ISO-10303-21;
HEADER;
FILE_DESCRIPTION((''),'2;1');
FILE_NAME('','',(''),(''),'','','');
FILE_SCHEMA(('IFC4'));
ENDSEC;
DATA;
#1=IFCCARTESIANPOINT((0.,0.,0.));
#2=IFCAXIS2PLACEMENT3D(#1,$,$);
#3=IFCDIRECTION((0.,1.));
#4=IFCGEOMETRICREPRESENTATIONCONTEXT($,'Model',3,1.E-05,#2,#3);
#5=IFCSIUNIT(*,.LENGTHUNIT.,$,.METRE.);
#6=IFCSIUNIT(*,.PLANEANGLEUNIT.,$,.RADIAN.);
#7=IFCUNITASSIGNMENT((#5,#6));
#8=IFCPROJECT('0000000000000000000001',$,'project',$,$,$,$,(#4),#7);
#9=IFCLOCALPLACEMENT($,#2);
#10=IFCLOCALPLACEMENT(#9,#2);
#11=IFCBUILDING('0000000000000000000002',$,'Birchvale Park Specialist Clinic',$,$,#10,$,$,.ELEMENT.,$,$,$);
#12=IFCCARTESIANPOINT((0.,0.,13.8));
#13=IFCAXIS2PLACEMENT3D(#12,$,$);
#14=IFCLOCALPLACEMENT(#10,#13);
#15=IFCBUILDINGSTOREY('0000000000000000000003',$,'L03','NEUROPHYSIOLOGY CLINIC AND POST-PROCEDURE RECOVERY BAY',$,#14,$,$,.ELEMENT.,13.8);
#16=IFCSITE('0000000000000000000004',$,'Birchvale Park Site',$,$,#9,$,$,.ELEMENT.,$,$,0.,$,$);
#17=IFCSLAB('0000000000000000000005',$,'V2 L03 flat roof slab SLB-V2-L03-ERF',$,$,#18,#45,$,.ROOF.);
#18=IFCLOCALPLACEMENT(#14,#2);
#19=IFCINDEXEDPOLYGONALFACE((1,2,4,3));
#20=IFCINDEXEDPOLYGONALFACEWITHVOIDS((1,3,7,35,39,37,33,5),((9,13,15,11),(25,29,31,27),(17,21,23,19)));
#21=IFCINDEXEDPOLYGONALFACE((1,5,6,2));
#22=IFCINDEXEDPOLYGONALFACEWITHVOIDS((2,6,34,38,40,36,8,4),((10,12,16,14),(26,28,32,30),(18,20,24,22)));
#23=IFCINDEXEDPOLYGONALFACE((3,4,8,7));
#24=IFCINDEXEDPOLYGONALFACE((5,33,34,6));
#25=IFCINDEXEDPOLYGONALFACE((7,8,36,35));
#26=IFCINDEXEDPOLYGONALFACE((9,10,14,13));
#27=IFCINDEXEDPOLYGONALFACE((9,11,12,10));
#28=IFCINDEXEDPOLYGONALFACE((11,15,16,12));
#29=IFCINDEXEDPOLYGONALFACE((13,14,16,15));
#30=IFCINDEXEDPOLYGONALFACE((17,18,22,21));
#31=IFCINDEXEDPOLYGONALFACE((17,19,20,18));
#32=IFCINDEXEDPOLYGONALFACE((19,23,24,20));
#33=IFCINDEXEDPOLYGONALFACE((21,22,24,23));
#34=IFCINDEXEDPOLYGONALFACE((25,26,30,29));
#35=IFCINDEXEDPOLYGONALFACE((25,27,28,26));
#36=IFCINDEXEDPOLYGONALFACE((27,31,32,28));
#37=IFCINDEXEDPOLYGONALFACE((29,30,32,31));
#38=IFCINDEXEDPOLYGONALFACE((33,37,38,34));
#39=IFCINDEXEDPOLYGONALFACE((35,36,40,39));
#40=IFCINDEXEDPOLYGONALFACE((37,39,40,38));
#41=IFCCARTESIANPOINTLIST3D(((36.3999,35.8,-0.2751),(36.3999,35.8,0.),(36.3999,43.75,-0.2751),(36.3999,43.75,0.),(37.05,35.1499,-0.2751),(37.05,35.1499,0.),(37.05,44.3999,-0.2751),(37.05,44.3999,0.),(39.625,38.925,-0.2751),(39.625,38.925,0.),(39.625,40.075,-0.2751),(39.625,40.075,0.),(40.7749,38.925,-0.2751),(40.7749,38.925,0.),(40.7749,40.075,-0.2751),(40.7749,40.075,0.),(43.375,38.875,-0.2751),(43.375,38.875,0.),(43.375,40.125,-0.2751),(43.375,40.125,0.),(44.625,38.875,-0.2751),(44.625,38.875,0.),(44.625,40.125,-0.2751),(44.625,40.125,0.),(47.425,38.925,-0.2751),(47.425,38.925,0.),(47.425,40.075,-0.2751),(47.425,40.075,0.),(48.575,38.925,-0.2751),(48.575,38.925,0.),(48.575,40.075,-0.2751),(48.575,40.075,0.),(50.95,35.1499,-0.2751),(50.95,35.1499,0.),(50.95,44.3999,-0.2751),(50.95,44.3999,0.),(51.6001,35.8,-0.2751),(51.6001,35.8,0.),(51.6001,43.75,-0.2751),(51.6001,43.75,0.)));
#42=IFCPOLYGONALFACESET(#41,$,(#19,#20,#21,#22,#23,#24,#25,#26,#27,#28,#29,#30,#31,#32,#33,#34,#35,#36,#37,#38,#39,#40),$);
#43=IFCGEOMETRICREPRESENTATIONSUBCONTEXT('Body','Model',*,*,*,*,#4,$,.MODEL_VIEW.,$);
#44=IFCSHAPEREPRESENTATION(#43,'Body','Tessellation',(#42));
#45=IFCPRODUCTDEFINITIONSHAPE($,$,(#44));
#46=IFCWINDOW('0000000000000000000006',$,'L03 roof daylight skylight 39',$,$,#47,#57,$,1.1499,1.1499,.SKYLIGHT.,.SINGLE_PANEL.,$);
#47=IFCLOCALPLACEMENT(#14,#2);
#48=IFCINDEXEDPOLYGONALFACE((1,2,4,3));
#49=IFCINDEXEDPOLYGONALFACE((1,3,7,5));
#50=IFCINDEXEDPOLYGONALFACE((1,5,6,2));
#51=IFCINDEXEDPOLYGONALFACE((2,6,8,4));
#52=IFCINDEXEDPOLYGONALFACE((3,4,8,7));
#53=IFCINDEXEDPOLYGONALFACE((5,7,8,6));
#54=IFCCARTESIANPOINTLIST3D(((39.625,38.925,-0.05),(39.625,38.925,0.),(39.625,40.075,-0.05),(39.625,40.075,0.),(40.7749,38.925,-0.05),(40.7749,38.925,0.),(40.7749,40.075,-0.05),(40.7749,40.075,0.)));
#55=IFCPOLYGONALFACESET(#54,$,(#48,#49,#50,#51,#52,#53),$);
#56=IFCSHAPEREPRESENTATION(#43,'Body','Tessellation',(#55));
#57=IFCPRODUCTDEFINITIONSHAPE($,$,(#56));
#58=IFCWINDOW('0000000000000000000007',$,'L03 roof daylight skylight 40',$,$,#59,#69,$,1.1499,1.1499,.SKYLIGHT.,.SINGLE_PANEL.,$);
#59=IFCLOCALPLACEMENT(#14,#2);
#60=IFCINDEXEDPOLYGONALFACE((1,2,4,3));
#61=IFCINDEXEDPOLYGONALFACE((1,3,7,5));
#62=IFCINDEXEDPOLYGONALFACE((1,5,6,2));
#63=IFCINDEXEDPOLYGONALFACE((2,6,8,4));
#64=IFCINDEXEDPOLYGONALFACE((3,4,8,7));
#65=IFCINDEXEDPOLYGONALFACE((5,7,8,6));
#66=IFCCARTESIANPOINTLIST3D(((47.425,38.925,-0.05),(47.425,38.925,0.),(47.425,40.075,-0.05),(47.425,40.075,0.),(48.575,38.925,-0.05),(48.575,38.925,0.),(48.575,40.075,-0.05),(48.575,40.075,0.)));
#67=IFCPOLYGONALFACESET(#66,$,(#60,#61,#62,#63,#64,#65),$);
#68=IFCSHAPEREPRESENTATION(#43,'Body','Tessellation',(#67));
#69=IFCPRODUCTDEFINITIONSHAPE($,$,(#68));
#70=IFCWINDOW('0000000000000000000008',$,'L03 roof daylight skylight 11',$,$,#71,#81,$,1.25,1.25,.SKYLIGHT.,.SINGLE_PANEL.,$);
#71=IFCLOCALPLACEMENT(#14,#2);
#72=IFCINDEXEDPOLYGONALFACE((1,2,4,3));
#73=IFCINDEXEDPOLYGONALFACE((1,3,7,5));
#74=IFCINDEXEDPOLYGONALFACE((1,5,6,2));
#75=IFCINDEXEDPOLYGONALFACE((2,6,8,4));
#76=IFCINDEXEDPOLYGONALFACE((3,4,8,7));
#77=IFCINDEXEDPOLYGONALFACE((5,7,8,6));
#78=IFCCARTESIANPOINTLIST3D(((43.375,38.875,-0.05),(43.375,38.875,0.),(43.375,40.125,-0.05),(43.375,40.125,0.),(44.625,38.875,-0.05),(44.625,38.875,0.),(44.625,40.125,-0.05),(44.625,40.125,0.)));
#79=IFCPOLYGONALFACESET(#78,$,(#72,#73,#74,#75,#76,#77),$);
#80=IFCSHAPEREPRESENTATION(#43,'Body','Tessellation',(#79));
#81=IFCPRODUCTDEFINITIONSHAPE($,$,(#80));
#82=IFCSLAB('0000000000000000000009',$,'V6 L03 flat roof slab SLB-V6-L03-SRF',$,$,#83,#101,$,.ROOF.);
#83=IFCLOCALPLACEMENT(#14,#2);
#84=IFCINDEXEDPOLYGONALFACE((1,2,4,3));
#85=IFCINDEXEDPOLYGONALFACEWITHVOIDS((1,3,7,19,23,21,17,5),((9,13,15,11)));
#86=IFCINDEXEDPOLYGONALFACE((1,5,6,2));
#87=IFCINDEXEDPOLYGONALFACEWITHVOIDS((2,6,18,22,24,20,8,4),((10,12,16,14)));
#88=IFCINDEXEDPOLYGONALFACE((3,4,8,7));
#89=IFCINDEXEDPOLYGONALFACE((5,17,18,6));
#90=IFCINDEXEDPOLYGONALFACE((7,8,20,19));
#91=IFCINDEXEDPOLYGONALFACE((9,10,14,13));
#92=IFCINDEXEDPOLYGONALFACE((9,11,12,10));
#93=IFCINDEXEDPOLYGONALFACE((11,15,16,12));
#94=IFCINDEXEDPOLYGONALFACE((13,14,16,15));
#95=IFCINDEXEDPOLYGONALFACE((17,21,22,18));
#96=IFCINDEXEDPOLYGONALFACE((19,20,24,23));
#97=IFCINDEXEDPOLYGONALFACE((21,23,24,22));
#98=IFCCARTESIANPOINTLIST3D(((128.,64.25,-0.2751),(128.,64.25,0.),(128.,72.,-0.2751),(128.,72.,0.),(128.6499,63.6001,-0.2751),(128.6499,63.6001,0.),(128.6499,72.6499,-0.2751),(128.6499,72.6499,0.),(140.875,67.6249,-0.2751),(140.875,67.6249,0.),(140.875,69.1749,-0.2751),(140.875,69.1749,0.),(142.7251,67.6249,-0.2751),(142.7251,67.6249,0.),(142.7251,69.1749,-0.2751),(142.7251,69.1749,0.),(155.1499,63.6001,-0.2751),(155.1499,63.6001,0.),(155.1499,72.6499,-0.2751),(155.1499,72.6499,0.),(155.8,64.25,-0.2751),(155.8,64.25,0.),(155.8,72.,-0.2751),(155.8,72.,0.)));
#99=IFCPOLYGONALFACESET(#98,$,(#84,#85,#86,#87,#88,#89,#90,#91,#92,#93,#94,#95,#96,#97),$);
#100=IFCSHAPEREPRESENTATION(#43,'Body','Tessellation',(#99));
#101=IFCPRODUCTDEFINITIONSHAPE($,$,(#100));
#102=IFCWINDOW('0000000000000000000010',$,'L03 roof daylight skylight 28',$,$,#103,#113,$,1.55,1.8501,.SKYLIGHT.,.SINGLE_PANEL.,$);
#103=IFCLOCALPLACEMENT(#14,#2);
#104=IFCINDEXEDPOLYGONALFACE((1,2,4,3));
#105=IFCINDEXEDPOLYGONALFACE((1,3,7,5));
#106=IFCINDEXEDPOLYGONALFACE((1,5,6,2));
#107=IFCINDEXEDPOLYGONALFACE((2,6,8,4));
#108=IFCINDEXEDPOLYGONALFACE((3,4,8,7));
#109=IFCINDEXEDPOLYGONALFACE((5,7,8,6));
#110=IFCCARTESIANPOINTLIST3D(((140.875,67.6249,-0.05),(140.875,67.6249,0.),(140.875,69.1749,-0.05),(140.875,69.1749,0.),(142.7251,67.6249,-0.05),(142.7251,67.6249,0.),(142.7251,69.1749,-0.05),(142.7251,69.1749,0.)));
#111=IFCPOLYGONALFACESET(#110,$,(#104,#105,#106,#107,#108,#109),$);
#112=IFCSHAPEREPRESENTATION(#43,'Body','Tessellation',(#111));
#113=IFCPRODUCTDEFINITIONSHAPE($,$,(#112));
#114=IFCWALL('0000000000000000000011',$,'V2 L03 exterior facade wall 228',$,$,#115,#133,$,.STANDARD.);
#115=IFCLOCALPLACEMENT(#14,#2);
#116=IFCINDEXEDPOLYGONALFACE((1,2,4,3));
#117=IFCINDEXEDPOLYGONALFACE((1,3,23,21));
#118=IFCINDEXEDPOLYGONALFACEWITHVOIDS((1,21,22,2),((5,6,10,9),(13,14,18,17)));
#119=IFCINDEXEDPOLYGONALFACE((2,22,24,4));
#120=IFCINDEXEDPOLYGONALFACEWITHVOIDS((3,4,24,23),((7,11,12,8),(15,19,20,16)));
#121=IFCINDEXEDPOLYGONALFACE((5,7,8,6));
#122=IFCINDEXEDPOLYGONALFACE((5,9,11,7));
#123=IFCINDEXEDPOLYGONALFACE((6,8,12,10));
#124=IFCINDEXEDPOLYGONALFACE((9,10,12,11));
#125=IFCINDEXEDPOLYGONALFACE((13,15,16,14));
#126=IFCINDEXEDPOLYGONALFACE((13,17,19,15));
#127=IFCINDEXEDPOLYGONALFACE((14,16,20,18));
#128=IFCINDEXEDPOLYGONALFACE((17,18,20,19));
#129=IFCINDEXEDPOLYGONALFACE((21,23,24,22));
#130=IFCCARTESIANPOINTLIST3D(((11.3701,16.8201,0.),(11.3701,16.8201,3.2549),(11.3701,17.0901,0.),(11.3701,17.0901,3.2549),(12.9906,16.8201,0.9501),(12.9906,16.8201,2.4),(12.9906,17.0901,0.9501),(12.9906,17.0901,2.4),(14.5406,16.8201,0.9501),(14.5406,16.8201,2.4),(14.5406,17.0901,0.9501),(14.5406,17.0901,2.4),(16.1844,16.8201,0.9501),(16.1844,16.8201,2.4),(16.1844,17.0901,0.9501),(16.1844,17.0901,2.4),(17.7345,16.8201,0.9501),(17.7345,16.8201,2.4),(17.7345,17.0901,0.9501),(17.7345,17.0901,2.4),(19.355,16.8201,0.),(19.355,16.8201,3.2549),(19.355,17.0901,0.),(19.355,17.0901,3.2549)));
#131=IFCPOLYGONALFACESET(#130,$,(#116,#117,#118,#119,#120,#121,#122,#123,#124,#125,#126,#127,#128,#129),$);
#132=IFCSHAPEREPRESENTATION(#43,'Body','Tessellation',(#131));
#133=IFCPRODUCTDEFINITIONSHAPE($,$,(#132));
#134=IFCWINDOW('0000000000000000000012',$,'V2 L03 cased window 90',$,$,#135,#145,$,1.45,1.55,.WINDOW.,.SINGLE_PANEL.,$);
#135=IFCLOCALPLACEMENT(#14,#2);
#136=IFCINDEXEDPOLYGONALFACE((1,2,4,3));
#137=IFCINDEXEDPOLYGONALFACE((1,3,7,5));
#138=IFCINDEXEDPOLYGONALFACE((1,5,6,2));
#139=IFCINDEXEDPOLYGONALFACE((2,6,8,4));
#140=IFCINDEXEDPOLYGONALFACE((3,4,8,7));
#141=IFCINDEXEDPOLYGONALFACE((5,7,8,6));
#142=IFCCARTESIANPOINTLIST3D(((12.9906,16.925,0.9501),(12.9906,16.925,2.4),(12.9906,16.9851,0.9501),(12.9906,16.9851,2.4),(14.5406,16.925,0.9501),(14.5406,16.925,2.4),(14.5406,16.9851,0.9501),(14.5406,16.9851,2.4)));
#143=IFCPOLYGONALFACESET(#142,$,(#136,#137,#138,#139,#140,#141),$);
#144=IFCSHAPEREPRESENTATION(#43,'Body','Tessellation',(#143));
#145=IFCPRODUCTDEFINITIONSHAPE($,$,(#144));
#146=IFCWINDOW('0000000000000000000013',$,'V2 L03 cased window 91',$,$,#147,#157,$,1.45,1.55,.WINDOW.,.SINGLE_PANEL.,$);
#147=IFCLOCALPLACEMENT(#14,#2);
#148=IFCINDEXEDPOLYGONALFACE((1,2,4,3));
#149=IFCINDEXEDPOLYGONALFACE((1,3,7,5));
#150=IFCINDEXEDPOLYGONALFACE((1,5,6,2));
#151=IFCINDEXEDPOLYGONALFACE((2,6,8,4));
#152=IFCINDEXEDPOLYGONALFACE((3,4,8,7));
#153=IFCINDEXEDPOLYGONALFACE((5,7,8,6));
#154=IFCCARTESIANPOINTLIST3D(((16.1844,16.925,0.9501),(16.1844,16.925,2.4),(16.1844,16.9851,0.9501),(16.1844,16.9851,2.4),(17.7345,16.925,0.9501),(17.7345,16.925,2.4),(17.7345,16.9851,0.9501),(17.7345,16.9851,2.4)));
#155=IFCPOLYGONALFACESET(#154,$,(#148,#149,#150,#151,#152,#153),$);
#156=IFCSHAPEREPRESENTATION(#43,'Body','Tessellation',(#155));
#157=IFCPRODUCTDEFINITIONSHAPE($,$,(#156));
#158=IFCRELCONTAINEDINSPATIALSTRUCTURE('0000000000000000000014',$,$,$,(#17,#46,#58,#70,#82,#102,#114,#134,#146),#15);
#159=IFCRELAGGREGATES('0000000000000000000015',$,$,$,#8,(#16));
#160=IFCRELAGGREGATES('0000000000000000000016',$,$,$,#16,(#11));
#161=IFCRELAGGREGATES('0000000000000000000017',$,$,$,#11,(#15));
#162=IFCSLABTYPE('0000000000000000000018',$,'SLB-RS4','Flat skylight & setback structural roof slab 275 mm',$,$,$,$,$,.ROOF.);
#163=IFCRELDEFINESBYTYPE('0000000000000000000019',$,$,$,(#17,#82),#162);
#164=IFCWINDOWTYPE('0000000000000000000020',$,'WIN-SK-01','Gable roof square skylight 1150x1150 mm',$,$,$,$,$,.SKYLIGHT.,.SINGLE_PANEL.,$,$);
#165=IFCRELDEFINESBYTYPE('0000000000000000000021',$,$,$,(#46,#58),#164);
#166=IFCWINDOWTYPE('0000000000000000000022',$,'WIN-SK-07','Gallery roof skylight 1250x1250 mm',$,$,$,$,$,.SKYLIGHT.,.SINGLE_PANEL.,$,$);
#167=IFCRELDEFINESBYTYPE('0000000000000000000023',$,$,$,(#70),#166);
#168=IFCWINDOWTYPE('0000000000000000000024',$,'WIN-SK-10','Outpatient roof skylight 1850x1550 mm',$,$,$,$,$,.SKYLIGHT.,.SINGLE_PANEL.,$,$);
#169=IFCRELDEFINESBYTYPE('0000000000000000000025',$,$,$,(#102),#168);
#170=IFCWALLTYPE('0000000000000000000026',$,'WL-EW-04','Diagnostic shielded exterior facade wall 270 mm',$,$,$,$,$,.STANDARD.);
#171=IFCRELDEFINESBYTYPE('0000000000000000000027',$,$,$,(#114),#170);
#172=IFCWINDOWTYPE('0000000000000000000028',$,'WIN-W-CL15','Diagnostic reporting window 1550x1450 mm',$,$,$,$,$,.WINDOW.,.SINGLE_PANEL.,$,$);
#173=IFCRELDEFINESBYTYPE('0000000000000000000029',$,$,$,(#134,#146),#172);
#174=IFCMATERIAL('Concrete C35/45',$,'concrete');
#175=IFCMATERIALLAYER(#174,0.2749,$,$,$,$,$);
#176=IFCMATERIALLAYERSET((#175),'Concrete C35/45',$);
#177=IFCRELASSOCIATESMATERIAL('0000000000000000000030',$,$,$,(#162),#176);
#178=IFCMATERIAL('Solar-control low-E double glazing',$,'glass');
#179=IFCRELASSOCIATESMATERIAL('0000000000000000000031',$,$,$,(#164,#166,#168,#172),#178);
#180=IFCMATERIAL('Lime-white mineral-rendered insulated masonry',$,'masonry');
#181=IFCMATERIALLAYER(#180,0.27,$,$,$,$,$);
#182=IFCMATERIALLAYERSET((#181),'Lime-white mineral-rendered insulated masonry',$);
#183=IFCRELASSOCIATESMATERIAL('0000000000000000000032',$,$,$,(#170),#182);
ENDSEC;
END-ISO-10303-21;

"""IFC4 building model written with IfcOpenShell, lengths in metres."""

from ifc_helpers import new_model, si_unit, direction, frame, frame_2d, origin, origin_2d, place, context, subcontext, project, spatial, polyline, rectangle, outline, extrude, material, layer, layer_set, type_object, element, fill, save


model = new_model("IFC4")

# Units and contexts
model_context = context("Model", 3, precision=1e-05, world=origin(), true_north=direction((0.0, 1.0)))
body_context = subcontext(model_context, "Body", "Model", "MODEL_VIEW")
ifc_project = project(units=[si_unit("LENGTHUNIT", "METRE"), si_unit("PLANEANGLEUNIT", "RADIAN")], contexts=[model_context])

# Site, building, storey
site_placement = place(None, origin())
site = spatial("IfcSite", under=ifc_project, at=site_placement, Name="Birchvale Park Site", CompositionType="ELEMENT", RefElevation=0.0)
building_placement = place(site_placement, origin())
building = spatial("IfcBuilding", under=site, at=building_placement, Name="Birchvale Park Specialist Clinic", CompositionType="ELEMENT")
storey_placement = place(building_placement, frame((0.0, 0.0, 13.8)))
storey = spatial("IfcBuildingStorey", under=building, at=storey_placement, Name="L03", Description="NEUROPHYSIOLOGY CLINIC AND POST-PROCEDURE RECOVERY BAY", CompositionType="ELEMENT", Elevation=13.8)

# Shared definitions
ifc_material_1 = material(Name="Concrete C35/45", Category="concrete")

# Slab, openings, windows
ifc_layer_1 = layer(ifc_material_1, 0.2749)
ifc_layer_set_1 = layer_set([ifc_layer_1], Name="Concrete C35/45")
slab_type_1 = type_object("IfcSlabType", Name="SLB-RS4", Description="Flat skylight & setback structural roof slab 275 mm", PredefinedType="ROOF", material=ifc_layer_set_1)
slab_1_placement = place(storey_placement, frame((0.0, 0.0, -0.2751)))
slab_1 = element("IfcSlab", 1, at=slab_1_placement, inside=storey, type_object=slab_type_1, Name="V2 L03 flat roof slab SLB-V2-L03-ERF", PredefinedType="ROOF", context=body_context, shape_type="SweptSolid", body=[
    extrude(outline(polyline([(37.05, 35.1499), (50.95, 35.1499), (51.6001, 35.8), (51.6001, 43.75), (50.95, 44.3999), (37.05, 44.3999), (36.3999, 43.75), (36.3999, 35.8), (37.05, 35.1499)])), origin(), (0.0, 0.0, 1.0), 0.2751),
])
opening_1_placement = place(slab_1_placement, frame((44.0, 39.5, 0.0)))
opening_1 = element("IfcOpeningElement", 2, at=opening_1_placement, cuts=slab_1, PredefinedType="OPENING", context=body_context, shape_type="SweptSolid", body=[
    extrude(rectangle(XDim=1.25, YDim=1.25, at=origin_2d()), frame((0.0, 0.0, -0.01)), (0.0, 0.0, 1.0), 0.2952),
])
opening_2_placement = place(slab_1_placement, frame((40.2, 39.5, 0.0)))
opening_2 = element("IfcOpeningElement", 3, at=opening_2_placement, cuts=slab_1, PredefinedType="OPENING", context=body_context, shape_type="SweptSolid", body=[
    extrude(rectangle(XDim=1.1499, YDim=1.1499, at=origin_2d()), frame((0.0, 0.0, -0.01)), (0.0, 0.0, 1.0), 0.2952),
])
opening_3_placement = place(slab_1_placement, frame((48.0, 39.5, 0.0)))
opening_3 = element("IfcOpeningElement", 4, at=opening_3_placement, cuts=slab_1, PredefinedType="OPENING", context=body_context, shape_type="SweptSolid", body=[
    extrude(rectangle(XDim=1.1499, YDim=1.1499, at=origin_2d()), frame((0.0, 0.0, -0.01)), (0.0, 0.0, 1.0), 0.2952),
])
ifc_material_2 = material(Name="Solar-control low-E double glazing", Category="glass")
window_type_1 = type_object("IfcWindowType", Name="WIN-SK-01", Description="Gable roof square skylight 1150x1150 mm", PartitioningType="SINGLE_PANEL", PredefinedType="SKYLIGHT", material=ifc_material_2)
window_1_placement = place(opening_2_placement, frame((0.0, 0.0, 0.2251)))
window_1 = element("IfcWindow", 5, at=window_1_placement, inside=storey, type_object=window_type_1, Name="L03 roof daylight skylight 39", OverallHeight=1.1499, OverallWidth=1.1499, PartitioningType="SINGLE_PANEL", PredefinedType="SKYLIGHT", context=body_context, shape_type="SweptSolid", body=[
    extrude(rectangle(XDim=1.1499, YDim=1.1499, at=origin_2d()), origin(), (0.0, 0.0, 1.0), 0.05),
])
fill(opening_2, window_1)
window_2_placement = place(opening_3_placement, frame((0.0, 0.0, 0.2251)))
window_2 = element("IfcWindow", 6, at=window_2_placement, inside=storey, type_object=window_type_1, Name="L03 roof daylight skylight 40", OverallHeight=1.1499, OverallWidth=1.1499, PartitioningType="SINGLE_PANEL", PredefinedType="SKYLIGHT", context=body_context, shape_type="SweptSolid", body=[
    extrude(rectangle(XDim=1.1499, YDim=1.1499, at=origin_2d()), origin(), (0.0, 0.0, 1.0), 0.05),
])
fill(opening_3, window_2)
window_type_2 = type_object("IfcWindowType", Name="WIN-SK-07", Description="Gallery roof skylight 1250x1250 mm", PartitioningType="SINGLE_PANEL", PredefinedType="SKYLIGHT", material=ifc_material_2)
window_3_placement = place(opening_1_placement, frame((0.0, 0.0, 0.2251)))
window_3 = element("IfcWindow", 7, at=window_3_placement, inside=storey, type_object=window_type_2, Name="L03 roof daylight skylight 11", OverallHeight=1.25, OverallWidth=1.25, PartitioningType="SINGLE_PANEL", PredefinedType="SKYLIGHT", context=body_context, shape_type="SweptSolid", body=[
    extrude(rectangle(XDim=1.25, YDim=1.25, at=origin_2d()), origin(), (0.0, 0.0, 1.0), 0.05),
])
fill(opening_1, window_3)

# Slab, opening, window
slab_2_placement = place(storey_placement, frame((0.0, 0.0, -0.2751)))
slab_2 = element("IfcSlab", 8, at=slab_2_placement, inside=storey, type_object=slab_type_1, Name="V6 L03 flat roof slab SLB-V6-L03-SRF", PredefinedType="ROOF", context=body_context, shape_type="SweptSolid", body=[
    extrude(outline(polyline([(128.6499, 63.6001), (155.1499, 63.6001), (155.8, 64.25), (155.8, 72.0), (155.1499, 72.6499), (128.6499, 72.6499), (128.0, 72.0), (128.0, 64.25), (128.6499, 63.6001)])), origin(), (0.0, 0.0, 1.0), 0.2751),
])
opening_4_placement = place(slab_2_placement, frame((141.8, 68.3999, 0.0)))
opening_4 = element("IfcOpeningElement", 9, at=opening_4_placement, cuts=slab_2, PredefinedType="OPENING", context=body_context, shape_type="SweptSolid", body=[
    extrude(rectangle(XDim=1.8501, YDim=1.55, at=origin_2d()), frame((0.0, 0.0, -0.01)), (0.0, 0.0, 1.0), 0.2952),
])
window_type_3 = type_object("IfcWindowType", Name="WIN-SK-10", Description="Outpatient roof skylight 1850x1550 mm", PartitioningType="SINGLE_PANEL", PredefinedType="SKYLIGHT", material=ifc_material_2)
window_4_placement = place(opening_4_placement, frame((0.0, 0.0, 0.2251)))
window_4 = element("IfcWindow", 10, at=window_4_placement, inside=storey, type_object=window_type_3, Name="L03 roof daylight skylight 28", OverallHeight=1.55, OverallWidth=1.8501, PartitioningType="SINGLE_PANEL", PredefinedType="SKYLIGHT", context=body_context, shape_type="SweptSolid", body=[
    extrude(rectangle(XDim=1.8501, YDim=1.55, at=origin_2d()), origin(), (0.0, 0.0, 1.0), 0.05),
])
fill(opening_4, window_4)

# Wall, openings, windows
ifc_material_3 = material(Name="Lime-white mineral-rendered insulated masonry", Category="masonry")
ifc_layer_2 = layer(ifc_material_3, 0.27)
ifc_layer_set_2 = layer_set([ifc_layer_2], Name="Lime-white mineral-rendered insulated masonry")
wall_type = type_object("IfcWallType", Name="WL-EW-04", Description="Diagnostic shielded exterior facade wall 270 mm", PredefinedType="STANDARD", material=ifc_layer_set_2)
wall_1_placement = place(storey_placement, frame((11.3701, 16.9551, 0.0), z_axis=(0.0, 0.0, 1.0), x_axis=(1.0, 0.0, 0.0)))
wall_1 = element("IfcWall", 11, at=wall_1_placement, inside=storey, type_object=wall_type, Name="V2 L03 exterior facade wall 228", PredefinedType="STANDARD", context=body_context, shape_type="SweptSolid", body=[
    extrude(rectangle(XDim=7.9849, YDim=0.27, at=frame_2d((3.9924, 0.0))), origin(), (0.0, 0.0, 1.0), 3.2549),
])
opening_5_placement = place(wall_1_placement, frame((1.6206, 0.0, 0.95)))
opening_5 = element("IfcOpeningElement", 12, at=opening_5_placement, cuts=wall_1, PredefinedType="OPENING", context=body_context, shape_type="SweptSolid", body=[
    extrude(rectangle(XDim=1.55, YDim=1.45, at=frame_2d((0.7749, 0.7251))), frame((0.0, 0.145, 0.0), z_axis=(0.0, -1.0, 0.0), x_axis=(1.0, 0.0, 0.0)), (0.0, 0.0, 1.0), 0.29),
])
opening_6_placement = place(wall_1_placement, frame((4.8145, 0.0, 0.95)))
opening_6 = element("IfcOpeningElement", 13, at=opening_6_placement, cuts=wall_1, PredefinedType="OPENING", context=body_context, shape_type="SweptSolid", body=[
    extrude(rectangle(XDim=1.55, YDim=1.45, at=frame_2d((0.7749, 0.7251))), frame((0.0, 0.145, 0.0), z_axis=(0.0, -1.0, 0.0), x_axis=(1.0, 0.0, 0.0)), (0.0, 0.0, 1.0), 0.29),
])
window_type_4 = type_object("IfcWindowType", Name="WIN-W-CL15", Description="Diagnostic reporting window 1550x1450 mm", PartitioningType="SINGLE_PANEL", PredefinedType="WINDOW", material=ifc_material_2)
window_5_placement = place(opening_5_placement, origin())
window_5 = element("IfcWindow", 14, at=window_5_placement, inside=storey, type_object=window_type_4, Name="V2 L03 cased window 90", OverallHeight=1.45, OverallWidth=1.55, PartitioningType="SINGLE_PANEL", PredefinedType="WINDOW", context=body_context, shape_type="SweptSolid", body=[
    extrude(rectangle(XDim=1.55, YDim=1.45, at=frame_2d((0.7749, 0.7251))), frame((0.0, 0.03, 0.0), z_axis=(0.0, -1.0, 0.0), x_axis=(1.0, 0.0, 0.0)), (0.0, 0.0, 1.0), 0.0601),
])
fill(opening_5, window_5)
window_6_placement = place(opening_6_placement, origin())
window_6 = element("IfcWindow", 15, at=window_6_placement, inside=storey, type_object=window_type_4, Name="V2 L03 cased window 91", OverallHeight=1.45, OverallWidth=1.55, PartitioningType="SINGLE_PANEL", PredefinedType="WINDOW", context=body_context, shape_type="SweptSolid", body=[
    extrude(rectangle(XDim=1.55, YDim=1.45, at=frame_2d((0.7749, 0.7251))), frame((0.0, 0.03, 0.0), z_axis=(0.0, -1.0, 0.0), x_axis=(1.0, 0.0, 0.0)), (0.0, 0.0, 1.0), 0.0601),
])
fill(opening_6, window_6)

save(model, "model.ifc")
